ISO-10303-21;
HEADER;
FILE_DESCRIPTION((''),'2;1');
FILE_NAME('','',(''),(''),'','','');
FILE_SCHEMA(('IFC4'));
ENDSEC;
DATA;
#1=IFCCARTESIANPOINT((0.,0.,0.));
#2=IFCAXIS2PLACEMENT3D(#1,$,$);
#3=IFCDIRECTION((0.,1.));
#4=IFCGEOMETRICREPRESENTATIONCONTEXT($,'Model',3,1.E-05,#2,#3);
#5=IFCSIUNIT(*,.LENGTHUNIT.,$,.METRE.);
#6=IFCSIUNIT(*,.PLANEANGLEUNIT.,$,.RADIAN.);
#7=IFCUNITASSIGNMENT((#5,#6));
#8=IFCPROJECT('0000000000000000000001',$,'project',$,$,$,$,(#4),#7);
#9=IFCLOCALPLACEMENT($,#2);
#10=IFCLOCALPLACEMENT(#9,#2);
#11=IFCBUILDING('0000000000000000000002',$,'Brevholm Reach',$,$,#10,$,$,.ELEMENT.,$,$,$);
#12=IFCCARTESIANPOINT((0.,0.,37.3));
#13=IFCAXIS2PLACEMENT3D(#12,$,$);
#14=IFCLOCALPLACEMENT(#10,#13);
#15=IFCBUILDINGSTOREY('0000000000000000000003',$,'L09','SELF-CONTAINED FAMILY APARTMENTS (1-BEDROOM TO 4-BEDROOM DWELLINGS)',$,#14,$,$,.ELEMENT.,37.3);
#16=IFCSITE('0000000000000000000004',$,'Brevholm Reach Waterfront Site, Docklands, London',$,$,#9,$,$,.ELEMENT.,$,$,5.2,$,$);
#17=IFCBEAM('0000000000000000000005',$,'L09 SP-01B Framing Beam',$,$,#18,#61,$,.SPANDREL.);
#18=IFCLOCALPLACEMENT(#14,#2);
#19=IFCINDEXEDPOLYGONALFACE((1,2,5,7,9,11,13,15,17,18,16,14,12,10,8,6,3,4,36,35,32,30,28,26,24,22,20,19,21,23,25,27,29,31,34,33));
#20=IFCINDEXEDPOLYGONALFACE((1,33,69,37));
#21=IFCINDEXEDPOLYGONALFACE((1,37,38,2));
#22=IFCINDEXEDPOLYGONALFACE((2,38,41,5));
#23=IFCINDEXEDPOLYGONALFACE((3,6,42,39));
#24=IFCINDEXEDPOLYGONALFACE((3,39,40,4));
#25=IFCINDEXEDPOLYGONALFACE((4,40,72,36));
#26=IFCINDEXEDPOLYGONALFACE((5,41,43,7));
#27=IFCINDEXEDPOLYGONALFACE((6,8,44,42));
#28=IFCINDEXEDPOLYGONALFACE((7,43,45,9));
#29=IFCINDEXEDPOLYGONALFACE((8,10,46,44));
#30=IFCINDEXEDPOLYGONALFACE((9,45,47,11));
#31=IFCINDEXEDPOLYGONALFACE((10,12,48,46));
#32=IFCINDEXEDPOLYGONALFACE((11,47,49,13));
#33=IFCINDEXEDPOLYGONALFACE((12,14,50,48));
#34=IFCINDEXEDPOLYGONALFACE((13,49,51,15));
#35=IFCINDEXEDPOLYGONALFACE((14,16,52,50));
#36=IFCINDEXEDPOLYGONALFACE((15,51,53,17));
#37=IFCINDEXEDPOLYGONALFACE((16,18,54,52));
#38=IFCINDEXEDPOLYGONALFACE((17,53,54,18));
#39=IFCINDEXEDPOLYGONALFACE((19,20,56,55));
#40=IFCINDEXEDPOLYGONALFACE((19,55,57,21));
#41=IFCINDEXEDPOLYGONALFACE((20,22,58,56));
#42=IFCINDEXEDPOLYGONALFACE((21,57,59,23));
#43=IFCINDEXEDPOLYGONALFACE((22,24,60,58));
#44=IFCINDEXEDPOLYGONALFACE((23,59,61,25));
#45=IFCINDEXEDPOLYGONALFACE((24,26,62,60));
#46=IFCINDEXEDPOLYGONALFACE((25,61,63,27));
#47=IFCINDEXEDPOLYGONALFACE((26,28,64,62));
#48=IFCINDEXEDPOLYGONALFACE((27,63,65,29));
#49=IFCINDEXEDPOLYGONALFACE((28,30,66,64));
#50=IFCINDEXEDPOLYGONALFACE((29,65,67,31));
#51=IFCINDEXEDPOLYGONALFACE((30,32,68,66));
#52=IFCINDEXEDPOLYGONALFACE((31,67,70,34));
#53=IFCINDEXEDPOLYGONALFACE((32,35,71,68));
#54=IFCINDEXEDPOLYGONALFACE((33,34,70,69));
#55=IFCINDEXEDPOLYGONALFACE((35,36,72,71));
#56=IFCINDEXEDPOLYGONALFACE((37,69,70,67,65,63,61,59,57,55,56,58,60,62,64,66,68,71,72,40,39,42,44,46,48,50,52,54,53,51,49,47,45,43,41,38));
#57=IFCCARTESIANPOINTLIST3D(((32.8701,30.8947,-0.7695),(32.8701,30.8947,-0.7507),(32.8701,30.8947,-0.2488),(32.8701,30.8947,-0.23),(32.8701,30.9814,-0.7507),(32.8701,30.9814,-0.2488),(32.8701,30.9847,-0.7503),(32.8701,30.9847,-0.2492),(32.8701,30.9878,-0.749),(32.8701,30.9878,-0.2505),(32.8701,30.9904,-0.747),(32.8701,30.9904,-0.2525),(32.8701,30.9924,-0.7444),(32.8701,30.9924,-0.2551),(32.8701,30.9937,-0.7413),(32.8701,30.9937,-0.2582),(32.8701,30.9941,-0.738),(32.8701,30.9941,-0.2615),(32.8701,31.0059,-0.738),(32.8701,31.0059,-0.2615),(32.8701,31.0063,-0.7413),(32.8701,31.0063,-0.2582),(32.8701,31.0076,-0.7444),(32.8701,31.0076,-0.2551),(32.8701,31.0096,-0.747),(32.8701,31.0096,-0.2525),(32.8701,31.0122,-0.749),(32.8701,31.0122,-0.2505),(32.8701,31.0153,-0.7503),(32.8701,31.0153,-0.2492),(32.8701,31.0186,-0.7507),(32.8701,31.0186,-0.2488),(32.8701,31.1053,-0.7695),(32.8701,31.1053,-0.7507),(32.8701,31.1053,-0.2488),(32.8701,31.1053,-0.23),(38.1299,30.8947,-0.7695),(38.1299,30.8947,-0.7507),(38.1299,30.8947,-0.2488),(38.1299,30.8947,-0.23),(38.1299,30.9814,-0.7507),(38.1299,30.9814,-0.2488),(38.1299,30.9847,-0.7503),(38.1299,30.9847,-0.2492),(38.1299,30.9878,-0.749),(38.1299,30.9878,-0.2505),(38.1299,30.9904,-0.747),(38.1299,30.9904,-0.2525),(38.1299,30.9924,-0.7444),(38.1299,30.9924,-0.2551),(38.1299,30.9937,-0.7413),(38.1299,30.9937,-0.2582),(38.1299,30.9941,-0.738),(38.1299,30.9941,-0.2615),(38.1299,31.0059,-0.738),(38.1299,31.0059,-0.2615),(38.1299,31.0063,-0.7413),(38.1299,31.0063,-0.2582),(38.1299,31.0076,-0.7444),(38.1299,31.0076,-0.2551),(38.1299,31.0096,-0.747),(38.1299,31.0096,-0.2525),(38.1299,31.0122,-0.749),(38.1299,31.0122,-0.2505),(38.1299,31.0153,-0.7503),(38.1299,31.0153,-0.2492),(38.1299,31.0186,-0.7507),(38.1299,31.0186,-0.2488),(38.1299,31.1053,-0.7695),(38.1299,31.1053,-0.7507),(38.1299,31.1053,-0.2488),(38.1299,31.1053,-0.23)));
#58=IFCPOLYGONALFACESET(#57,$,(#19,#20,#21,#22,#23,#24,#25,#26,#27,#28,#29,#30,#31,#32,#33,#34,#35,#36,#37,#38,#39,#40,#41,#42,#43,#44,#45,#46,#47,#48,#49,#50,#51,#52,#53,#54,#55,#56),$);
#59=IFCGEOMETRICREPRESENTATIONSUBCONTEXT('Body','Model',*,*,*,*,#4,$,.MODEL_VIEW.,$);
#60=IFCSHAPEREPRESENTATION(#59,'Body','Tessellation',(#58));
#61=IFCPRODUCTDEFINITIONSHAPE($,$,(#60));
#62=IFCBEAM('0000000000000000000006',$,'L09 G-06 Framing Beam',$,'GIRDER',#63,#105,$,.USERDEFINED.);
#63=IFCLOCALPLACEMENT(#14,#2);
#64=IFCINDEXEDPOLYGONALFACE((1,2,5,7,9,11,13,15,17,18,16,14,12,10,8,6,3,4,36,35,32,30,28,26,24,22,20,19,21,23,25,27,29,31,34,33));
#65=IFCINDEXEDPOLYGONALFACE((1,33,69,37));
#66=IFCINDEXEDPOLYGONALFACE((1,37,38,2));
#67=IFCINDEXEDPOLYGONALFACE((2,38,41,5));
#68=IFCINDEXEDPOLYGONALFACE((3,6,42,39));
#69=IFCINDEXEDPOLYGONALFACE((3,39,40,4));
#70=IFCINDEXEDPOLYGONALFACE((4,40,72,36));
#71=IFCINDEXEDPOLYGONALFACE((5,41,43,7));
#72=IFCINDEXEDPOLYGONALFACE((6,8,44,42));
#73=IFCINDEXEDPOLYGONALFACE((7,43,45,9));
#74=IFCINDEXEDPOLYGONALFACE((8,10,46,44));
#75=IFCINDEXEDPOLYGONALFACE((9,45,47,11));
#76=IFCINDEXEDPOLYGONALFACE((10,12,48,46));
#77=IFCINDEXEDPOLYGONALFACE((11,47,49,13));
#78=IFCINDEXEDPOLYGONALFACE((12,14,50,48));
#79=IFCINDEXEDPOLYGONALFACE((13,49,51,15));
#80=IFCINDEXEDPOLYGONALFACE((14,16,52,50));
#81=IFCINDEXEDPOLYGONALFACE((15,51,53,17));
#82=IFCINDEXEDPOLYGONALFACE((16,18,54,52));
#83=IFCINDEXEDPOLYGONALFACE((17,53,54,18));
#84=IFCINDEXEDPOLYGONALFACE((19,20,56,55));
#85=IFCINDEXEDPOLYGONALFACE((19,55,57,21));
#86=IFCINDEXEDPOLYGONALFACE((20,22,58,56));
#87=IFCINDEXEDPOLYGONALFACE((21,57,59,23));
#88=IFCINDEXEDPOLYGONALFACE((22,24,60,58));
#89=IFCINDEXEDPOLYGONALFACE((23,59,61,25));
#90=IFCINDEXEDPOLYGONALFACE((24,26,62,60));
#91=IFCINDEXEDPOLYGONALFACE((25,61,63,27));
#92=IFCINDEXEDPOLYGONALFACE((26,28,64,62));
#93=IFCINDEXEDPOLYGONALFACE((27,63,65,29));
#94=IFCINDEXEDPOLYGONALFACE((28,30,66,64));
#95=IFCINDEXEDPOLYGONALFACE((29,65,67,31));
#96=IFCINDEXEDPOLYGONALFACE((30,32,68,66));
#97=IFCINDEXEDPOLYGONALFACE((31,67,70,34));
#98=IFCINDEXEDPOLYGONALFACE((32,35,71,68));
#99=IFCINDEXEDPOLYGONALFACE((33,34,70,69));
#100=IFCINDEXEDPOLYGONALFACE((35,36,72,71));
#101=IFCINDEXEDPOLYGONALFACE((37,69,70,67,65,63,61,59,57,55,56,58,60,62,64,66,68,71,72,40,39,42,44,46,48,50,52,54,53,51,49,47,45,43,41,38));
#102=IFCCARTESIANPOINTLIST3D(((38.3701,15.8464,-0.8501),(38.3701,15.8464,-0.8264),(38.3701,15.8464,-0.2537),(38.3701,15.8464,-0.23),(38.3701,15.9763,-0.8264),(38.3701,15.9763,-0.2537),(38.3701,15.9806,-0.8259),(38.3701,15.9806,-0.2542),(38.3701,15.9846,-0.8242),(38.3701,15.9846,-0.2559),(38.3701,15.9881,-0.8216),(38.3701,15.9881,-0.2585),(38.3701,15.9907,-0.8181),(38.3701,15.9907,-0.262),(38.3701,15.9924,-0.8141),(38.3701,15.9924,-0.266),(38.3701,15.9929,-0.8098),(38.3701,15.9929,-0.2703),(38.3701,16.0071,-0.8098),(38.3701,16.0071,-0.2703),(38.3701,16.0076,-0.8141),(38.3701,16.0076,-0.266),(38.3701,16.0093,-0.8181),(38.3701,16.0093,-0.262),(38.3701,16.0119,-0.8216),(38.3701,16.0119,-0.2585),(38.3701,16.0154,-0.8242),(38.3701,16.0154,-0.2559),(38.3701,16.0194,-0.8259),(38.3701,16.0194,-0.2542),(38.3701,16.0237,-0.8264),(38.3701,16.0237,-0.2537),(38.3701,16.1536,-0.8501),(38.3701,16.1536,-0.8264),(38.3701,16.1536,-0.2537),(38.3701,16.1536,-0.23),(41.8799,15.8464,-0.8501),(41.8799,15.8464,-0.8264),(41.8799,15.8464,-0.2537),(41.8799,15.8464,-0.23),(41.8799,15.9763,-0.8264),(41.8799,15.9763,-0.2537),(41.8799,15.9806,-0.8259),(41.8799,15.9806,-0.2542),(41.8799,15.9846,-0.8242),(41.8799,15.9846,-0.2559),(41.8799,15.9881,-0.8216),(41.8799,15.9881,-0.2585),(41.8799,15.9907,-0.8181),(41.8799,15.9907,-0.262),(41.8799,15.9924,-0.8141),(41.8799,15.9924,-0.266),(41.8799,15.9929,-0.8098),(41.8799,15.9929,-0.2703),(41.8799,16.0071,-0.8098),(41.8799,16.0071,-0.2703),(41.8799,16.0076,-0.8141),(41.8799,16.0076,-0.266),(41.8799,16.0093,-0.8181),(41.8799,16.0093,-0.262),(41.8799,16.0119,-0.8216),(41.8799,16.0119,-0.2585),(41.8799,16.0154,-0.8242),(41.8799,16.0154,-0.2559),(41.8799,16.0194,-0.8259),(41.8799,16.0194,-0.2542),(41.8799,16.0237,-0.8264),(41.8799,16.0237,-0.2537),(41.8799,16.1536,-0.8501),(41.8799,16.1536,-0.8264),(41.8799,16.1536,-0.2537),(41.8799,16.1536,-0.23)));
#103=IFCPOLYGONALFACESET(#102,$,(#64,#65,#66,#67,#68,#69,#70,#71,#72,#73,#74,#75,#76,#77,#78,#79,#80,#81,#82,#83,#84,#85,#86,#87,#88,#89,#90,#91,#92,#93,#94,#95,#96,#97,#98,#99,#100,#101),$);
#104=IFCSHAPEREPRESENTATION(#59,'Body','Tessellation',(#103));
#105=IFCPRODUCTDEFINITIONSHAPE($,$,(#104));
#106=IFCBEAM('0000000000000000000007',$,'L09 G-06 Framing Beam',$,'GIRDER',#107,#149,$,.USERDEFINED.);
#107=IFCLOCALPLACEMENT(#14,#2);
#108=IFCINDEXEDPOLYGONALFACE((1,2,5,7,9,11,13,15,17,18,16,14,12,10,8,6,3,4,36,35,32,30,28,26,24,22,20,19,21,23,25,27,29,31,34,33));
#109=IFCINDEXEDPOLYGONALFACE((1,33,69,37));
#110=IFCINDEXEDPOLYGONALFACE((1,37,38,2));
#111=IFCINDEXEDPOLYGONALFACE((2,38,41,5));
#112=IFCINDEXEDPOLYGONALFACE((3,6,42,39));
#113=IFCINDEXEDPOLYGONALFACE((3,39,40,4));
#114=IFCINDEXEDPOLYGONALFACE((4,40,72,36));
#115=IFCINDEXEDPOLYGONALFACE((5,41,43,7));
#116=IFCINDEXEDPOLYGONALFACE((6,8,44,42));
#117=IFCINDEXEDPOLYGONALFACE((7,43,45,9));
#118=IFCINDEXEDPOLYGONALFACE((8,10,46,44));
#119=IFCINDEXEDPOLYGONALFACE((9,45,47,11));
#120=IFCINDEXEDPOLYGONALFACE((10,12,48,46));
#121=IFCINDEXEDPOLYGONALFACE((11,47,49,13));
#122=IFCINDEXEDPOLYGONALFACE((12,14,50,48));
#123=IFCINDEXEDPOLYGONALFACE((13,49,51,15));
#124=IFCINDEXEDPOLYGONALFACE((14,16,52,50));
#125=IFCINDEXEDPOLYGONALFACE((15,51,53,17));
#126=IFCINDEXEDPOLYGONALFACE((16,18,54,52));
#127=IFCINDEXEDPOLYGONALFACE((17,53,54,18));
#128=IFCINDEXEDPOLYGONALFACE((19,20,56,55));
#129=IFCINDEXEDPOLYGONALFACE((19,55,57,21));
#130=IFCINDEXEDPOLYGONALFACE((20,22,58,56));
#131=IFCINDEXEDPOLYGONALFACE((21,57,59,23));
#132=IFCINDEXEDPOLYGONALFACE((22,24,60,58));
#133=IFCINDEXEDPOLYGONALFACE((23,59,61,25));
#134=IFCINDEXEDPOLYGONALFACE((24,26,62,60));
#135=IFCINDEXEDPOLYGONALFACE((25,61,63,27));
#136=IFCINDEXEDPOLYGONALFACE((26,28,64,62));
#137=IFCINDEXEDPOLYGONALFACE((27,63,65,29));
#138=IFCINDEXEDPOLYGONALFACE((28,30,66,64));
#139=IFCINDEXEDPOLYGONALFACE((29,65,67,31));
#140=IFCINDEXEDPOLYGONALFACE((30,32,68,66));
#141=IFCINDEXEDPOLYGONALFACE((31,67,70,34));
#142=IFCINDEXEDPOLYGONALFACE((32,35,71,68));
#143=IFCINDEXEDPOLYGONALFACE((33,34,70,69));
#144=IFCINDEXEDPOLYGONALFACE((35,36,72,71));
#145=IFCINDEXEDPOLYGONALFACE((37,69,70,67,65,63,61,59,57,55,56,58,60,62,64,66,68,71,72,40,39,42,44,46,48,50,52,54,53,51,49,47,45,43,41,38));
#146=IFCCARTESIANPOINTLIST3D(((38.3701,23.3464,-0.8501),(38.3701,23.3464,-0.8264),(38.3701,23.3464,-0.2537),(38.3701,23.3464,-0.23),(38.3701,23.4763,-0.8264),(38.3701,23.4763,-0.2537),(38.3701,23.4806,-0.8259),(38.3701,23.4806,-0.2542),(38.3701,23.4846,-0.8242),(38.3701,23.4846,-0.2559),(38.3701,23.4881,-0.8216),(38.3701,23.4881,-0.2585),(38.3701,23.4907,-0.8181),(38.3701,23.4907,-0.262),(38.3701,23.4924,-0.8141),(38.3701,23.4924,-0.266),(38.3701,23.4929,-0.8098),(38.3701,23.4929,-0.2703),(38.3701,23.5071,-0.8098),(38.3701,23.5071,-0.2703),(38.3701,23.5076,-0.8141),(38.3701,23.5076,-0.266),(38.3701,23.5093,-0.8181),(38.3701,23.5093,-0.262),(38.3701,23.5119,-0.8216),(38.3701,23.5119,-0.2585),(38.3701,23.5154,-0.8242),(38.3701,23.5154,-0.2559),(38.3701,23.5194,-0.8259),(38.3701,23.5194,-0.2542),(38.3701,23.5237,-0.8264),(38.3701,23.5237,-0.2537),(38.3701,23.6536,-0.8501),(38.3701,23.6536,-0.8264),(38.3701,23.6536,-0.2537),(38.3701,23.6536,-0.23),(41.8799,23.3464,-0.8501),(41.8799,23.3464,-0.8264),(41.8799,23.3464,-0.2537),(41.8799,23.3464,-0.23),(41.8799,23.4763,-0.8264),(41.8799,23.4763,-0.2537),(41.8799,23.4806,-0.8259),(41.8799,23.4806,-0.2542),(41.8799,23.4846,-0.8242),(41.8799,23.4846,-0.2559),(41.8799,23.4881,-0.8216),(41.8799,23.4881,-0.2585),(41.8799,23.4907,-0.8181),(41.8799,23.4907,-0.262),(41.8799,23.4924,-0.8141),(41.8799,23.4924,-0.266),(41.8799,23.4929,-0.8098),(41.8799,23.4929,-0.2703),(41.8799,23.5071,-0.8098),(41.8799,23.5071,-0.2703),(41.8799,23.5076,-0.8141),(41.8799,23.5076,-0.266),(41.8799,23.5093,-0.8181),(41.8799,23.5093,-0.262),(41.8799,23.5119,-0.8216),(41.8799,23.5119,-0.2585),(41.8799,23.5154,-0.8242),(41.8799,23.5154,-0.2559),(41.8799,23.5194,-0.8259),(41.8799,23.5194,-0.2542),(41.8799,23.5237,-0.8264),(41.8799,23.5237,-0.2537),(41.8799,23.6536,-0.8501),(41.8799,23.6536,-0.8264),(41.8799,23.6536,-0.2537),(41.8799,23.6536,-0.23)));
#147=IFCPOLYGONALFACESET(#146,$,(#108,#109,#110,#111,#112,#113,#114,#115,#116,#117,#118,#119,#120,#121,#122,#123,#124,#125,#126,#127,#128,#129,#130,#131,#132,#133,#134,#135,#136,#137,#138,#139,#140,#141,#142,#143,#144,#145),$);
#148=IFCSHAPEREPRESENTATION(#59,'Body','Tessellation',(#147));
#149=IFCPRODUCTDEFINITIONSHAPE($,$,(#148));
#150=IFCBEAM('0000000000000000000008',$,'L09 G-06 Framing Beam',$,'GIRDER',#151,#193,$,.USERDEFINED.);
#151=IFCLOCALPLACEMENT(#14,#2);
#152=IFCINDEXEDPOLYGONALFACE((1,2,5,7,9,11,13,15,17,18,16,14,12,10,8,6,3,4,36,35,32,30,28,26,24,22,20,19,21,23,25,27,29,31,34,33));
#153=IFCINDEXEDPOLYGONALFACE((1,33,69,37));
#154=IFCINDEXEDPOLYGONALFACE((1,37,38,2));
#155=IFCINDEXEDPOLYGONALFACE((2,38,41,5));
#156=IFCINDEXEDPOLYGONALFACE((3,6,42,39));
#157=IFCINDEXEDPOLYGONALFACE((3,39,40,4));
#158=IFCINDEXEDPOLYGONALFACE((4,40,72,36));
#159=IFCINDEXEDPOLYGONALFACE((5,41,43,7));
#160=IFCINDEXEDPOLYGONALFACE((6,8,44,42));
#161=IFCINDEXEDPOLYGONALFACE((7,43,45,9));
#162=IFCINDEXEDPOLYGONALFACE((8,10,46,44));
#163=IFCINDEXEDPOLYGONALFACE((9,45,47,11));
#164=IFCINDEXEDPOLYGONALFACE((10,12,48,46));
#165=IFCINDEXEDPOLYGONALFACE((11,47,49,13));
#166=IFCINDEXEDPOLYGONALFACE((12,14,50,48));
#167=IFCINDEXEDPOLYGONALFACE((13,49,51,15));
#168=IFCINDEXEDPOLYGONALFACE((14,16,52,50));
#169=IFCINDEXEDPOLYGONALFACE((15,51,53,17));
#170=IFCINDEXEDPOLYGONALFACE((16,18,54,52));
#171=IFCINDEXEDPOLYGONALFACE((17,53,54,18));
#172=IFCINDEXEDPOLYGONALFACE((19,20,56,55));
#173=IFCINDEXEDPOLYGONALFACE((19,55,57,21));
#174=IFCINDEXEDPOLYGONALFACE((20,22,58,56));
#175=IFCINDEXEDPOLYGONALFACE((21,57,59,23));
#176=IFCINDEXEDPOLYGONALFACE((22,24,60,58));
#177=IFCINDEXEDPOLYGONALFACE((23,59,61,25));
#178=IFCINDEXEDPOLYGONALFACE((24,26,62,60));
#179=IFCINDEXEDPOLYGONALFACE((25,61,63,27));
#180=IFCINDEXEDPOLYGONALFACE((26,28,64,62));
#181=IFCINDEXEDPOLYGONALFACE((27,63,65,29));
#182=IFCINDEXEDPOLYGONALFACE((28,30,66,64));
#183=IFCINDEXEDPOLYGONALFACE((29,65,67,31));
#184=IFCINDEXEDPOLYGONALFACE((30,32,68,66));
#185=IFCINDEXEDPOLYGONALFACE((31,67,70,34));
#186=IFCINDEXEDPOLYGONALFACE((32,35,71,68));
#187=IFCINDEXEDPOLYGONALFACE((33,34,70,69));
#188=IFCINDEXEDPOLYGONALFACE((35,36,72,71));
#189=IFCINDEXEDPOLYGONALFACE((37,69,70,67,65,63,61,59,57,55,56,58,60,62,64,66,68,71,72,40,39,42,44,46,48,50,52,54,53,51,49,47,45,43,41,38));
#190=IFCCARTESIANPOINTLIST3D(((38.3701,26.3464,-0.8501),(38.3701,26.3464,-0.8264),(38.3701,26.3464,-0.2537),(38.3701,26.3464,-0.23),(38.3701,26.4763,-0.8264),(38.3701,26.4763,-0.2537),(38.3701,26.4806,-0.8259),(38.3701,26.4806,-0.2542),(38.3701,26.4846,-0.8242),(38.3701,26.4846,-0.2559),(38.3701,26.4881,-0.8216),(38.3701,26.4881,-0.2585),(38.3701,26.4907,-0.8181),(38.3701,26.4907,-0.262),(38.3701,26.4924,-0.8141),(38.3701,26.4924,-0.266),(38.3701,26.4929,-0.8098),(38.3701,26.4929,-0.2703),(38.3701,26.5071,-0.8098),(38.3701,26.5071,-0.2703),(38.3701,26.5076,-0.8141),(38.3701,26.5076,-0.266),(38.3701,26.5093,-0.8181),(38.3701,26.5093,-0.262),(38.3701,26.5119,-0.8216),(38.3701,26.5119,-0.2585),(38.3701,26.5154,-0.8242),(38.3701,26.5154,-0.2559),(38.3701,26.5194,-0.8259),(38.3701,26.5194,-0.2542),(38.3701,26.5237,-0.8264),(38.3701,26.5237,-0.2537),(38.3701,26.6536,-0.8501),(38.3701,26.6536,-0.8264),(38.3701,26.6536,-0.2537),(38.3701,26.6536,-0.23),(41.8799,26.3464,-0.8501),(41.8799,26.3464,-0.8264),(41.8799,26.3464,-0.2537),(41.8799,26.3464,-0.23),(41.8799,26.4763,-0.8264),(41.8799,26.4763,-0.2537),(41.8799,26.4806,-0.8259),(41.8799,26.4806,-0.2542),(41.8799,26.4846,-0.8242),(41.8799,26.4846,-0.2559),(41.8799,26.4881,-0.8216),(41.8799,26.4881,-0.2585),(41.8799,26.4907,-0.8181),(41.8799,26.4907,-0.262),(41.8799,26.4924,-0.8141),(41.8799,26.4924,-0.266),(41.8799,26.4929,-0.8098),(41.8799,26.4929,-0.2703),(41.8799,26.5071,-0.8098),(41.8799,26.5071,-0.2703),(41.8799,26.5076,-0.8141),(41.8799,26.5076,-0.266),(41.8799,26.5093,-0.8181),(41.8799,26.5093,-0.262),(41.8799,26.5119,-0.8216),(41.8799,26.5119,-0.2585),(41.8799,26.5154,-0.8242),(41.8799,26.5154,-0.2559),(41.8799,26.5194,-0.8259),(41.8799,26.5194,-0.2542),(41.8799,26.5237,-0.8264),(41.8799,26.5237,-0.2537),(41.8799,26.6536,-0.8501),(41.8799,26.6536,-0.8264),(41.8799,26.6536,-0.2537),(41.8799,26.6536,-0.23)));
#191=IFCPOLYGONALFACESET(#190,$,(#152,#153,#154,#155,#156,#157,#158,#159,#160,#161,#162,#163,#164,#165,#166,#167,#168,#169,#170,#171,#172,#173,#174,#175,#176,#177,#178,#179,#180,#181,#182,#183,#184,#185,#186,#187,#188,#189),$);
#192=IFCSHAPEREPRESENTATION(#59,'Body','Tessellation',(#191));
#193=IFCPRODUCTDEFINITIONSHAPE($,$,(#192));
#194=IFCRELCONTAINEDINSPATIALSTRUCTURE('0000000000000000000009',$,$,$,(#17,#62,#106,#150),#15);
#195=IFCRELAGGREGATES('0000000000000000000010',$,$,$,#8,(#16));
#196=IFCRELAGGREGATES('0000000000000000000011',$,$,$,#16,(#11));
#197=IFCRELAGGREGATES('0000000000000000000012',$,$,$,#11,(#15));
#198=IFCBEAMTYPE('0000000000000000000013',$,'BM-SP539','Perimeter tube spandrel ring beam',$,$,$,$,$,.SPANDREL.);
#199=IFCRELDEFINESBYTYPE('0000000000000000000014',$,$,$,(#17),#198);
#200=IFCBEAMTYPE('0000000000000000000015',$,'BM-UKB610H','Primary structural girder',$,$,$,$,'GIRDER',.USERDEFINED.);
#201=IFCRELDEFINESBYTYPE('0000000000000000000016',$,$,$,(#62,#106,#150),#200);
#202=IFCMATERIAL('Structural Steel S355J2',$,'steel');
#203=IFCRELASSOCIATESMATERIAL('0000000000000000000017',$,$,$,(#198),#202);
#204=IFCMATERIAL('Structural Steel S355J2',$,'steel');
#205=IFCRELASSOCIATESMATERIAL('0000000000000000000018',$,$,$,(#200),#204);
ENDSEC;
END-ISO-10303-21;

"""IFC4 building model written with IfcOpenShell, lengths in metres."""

from ifc_helpers import new_model, si_unit, direction, frame, origin, origin_2d, place, context, subcontext, project, spatial, i_section, extrude, material, material_profile, profile_set, type_object, element, save


model = new_model("IFC4")

# Units and contexts
model_context = context("Model", 3, precision=1e-05, world=origin(), true_north=direction((0.0, 1.0)))
body_context = subcontext(model_context, "Body", "Model", "MODEL_VIEW")
ifc_project = project(units=[si_unit("LENGTHUNIT", "METRE"), si_unit("PLANEANGLEUNIT", "RADIAN")], contexts=[model_context])

# Site, building, storey
site_placement = place(None, origin())
site = spatial("IfcSite", under=ifc_project, at=site_placement, Name="Brevholm Reach Waterfront Site, Docklands, London", CompositionType="ELEMENT", RefElevation=5.2)
building_placement = place(site_placement, origin())
building = spatial("IfcBuilding", under=site, at=building_placement, Name="Brevholm Reach", CompositionType="ELEMENT")
storey_placement = place(building_placement, frame((0.0, 0.0, 37.3)))
storey = spatial("IfcBuildingStorey", under=building, at=storey_placement, Name="L09", Description="SELF-CONTAINED FAMILY APARTMENTS (1-BEDROOM TO 4-BEDROOM DWELLINGS)", CompositionType="ELEMENT", Elevation=37.3)

# Beams
ifc_material_1 = material(Name="Structural Steel S355J2", Category="steel")
ifc_material_profile_1 = material_profile(ifc_material_1, i_section(OverallWidth=0.2107, OverallDepth=0.5396, WebThickness=0.0117, FlangeThickness=0.0188, FilletRadius=0.0127, at=origin_2d()), Name="UKB 533x210x109")
ifc_profile_set_1 = profile_set([ifc_material_profile_1], Name="Structural Steel S355J2")
beam_type_1 = type_object("IfcBeamType", Name="BM-SP539", Description="Perimeter tube spandrel ring beam", PredefinedType="SPANDREL", material=ifc_profile_set_1)
beam_1_placement = place(storey_placement, frame((32.8701, 31.0, -0.4998), z_axis=(1.0, 0.0, 0.0), x_axis=(0.0, 1.0, 0.0)))
element("IfcBeam", 1, at=beam_1_placement, inside=storey, type_object=beam_type_1, Name="L09 SP-01B Framing Beam", PredefinedType="SPANDREL", context=body_context, shape_type="SweptSolid", body=[
    extrude(i_section(OverallWidth=0.2107, OverallDepth=0.5396, WebThickness=0.0117, FlangeThickness=0.0188, FilletRadius=0.0127, at=origin_2d()), origin(), (0.0, 0.0, 1.0), 5.2598),
])
ifc_material_2 = material(Name="Structural Steel S355J2", Category="steel")
ifc_material_profile_2 = material_profile(ifc_material_2, i_section(OverallWidth=0.3071, OverallDepth=0.6201, WebThickness=0.0142, FlangeThickness=0.0237, FilletRadius=0.0166, at=origin_2d()), Name="UKB 610x305x179")
ifc_profile_set_2 = profile_set([ifc_material_profile_2], Name="Structural Steel S355J2")
beam_type_2 = type_object("IfcBeamType", Name="BM-UKB610H", Description="Primary structural girder", ElementType="GIRDER", PredefinedType="USERDEFINED", material=ifc_profile_set_2)
for number, where, z_axis, x_axis, name in (
    (2, (38.3701, 16.0, -0.54), (1.0, 0.0, 0.0), (0.0, 1.0, 0.0), "L09 G-06 Framing Beam"),
    (3, (38.3701, 23.5, -0.54), (1.0, 0.0, 0.0), (0.0, 1.0, 0.0), "L09 G-06 Framing Beam"),
    (4, (38.3701, 26.5, -0.54), (1.0, 0.0, 0.0), (0.0, 1.0, 0.0), "L09 G-06 Framing Beam"),
):
    element("IfcBeam", number, at=place(storey_placement, frame(where, z_axis=z_axis, x_axis=x_axis)), inside=storey, type_object=beam_type_2, Name=name, ObjectType="GIRDER", PredefinedType="USERDEFINED", context=body_context, shape_type="SweptSolid", body=[
        extrude(i_section(OverallWidth=0.3071, OverallDepth=0.6201, WebThickness=0.0142, FlangeThickness=0.0237, FilletRadius=0.0166, at=origin_2d()), origin(), (0.0, 0.0, 1.0), 3.5098),
    ])

save(model, "model.ifc")
